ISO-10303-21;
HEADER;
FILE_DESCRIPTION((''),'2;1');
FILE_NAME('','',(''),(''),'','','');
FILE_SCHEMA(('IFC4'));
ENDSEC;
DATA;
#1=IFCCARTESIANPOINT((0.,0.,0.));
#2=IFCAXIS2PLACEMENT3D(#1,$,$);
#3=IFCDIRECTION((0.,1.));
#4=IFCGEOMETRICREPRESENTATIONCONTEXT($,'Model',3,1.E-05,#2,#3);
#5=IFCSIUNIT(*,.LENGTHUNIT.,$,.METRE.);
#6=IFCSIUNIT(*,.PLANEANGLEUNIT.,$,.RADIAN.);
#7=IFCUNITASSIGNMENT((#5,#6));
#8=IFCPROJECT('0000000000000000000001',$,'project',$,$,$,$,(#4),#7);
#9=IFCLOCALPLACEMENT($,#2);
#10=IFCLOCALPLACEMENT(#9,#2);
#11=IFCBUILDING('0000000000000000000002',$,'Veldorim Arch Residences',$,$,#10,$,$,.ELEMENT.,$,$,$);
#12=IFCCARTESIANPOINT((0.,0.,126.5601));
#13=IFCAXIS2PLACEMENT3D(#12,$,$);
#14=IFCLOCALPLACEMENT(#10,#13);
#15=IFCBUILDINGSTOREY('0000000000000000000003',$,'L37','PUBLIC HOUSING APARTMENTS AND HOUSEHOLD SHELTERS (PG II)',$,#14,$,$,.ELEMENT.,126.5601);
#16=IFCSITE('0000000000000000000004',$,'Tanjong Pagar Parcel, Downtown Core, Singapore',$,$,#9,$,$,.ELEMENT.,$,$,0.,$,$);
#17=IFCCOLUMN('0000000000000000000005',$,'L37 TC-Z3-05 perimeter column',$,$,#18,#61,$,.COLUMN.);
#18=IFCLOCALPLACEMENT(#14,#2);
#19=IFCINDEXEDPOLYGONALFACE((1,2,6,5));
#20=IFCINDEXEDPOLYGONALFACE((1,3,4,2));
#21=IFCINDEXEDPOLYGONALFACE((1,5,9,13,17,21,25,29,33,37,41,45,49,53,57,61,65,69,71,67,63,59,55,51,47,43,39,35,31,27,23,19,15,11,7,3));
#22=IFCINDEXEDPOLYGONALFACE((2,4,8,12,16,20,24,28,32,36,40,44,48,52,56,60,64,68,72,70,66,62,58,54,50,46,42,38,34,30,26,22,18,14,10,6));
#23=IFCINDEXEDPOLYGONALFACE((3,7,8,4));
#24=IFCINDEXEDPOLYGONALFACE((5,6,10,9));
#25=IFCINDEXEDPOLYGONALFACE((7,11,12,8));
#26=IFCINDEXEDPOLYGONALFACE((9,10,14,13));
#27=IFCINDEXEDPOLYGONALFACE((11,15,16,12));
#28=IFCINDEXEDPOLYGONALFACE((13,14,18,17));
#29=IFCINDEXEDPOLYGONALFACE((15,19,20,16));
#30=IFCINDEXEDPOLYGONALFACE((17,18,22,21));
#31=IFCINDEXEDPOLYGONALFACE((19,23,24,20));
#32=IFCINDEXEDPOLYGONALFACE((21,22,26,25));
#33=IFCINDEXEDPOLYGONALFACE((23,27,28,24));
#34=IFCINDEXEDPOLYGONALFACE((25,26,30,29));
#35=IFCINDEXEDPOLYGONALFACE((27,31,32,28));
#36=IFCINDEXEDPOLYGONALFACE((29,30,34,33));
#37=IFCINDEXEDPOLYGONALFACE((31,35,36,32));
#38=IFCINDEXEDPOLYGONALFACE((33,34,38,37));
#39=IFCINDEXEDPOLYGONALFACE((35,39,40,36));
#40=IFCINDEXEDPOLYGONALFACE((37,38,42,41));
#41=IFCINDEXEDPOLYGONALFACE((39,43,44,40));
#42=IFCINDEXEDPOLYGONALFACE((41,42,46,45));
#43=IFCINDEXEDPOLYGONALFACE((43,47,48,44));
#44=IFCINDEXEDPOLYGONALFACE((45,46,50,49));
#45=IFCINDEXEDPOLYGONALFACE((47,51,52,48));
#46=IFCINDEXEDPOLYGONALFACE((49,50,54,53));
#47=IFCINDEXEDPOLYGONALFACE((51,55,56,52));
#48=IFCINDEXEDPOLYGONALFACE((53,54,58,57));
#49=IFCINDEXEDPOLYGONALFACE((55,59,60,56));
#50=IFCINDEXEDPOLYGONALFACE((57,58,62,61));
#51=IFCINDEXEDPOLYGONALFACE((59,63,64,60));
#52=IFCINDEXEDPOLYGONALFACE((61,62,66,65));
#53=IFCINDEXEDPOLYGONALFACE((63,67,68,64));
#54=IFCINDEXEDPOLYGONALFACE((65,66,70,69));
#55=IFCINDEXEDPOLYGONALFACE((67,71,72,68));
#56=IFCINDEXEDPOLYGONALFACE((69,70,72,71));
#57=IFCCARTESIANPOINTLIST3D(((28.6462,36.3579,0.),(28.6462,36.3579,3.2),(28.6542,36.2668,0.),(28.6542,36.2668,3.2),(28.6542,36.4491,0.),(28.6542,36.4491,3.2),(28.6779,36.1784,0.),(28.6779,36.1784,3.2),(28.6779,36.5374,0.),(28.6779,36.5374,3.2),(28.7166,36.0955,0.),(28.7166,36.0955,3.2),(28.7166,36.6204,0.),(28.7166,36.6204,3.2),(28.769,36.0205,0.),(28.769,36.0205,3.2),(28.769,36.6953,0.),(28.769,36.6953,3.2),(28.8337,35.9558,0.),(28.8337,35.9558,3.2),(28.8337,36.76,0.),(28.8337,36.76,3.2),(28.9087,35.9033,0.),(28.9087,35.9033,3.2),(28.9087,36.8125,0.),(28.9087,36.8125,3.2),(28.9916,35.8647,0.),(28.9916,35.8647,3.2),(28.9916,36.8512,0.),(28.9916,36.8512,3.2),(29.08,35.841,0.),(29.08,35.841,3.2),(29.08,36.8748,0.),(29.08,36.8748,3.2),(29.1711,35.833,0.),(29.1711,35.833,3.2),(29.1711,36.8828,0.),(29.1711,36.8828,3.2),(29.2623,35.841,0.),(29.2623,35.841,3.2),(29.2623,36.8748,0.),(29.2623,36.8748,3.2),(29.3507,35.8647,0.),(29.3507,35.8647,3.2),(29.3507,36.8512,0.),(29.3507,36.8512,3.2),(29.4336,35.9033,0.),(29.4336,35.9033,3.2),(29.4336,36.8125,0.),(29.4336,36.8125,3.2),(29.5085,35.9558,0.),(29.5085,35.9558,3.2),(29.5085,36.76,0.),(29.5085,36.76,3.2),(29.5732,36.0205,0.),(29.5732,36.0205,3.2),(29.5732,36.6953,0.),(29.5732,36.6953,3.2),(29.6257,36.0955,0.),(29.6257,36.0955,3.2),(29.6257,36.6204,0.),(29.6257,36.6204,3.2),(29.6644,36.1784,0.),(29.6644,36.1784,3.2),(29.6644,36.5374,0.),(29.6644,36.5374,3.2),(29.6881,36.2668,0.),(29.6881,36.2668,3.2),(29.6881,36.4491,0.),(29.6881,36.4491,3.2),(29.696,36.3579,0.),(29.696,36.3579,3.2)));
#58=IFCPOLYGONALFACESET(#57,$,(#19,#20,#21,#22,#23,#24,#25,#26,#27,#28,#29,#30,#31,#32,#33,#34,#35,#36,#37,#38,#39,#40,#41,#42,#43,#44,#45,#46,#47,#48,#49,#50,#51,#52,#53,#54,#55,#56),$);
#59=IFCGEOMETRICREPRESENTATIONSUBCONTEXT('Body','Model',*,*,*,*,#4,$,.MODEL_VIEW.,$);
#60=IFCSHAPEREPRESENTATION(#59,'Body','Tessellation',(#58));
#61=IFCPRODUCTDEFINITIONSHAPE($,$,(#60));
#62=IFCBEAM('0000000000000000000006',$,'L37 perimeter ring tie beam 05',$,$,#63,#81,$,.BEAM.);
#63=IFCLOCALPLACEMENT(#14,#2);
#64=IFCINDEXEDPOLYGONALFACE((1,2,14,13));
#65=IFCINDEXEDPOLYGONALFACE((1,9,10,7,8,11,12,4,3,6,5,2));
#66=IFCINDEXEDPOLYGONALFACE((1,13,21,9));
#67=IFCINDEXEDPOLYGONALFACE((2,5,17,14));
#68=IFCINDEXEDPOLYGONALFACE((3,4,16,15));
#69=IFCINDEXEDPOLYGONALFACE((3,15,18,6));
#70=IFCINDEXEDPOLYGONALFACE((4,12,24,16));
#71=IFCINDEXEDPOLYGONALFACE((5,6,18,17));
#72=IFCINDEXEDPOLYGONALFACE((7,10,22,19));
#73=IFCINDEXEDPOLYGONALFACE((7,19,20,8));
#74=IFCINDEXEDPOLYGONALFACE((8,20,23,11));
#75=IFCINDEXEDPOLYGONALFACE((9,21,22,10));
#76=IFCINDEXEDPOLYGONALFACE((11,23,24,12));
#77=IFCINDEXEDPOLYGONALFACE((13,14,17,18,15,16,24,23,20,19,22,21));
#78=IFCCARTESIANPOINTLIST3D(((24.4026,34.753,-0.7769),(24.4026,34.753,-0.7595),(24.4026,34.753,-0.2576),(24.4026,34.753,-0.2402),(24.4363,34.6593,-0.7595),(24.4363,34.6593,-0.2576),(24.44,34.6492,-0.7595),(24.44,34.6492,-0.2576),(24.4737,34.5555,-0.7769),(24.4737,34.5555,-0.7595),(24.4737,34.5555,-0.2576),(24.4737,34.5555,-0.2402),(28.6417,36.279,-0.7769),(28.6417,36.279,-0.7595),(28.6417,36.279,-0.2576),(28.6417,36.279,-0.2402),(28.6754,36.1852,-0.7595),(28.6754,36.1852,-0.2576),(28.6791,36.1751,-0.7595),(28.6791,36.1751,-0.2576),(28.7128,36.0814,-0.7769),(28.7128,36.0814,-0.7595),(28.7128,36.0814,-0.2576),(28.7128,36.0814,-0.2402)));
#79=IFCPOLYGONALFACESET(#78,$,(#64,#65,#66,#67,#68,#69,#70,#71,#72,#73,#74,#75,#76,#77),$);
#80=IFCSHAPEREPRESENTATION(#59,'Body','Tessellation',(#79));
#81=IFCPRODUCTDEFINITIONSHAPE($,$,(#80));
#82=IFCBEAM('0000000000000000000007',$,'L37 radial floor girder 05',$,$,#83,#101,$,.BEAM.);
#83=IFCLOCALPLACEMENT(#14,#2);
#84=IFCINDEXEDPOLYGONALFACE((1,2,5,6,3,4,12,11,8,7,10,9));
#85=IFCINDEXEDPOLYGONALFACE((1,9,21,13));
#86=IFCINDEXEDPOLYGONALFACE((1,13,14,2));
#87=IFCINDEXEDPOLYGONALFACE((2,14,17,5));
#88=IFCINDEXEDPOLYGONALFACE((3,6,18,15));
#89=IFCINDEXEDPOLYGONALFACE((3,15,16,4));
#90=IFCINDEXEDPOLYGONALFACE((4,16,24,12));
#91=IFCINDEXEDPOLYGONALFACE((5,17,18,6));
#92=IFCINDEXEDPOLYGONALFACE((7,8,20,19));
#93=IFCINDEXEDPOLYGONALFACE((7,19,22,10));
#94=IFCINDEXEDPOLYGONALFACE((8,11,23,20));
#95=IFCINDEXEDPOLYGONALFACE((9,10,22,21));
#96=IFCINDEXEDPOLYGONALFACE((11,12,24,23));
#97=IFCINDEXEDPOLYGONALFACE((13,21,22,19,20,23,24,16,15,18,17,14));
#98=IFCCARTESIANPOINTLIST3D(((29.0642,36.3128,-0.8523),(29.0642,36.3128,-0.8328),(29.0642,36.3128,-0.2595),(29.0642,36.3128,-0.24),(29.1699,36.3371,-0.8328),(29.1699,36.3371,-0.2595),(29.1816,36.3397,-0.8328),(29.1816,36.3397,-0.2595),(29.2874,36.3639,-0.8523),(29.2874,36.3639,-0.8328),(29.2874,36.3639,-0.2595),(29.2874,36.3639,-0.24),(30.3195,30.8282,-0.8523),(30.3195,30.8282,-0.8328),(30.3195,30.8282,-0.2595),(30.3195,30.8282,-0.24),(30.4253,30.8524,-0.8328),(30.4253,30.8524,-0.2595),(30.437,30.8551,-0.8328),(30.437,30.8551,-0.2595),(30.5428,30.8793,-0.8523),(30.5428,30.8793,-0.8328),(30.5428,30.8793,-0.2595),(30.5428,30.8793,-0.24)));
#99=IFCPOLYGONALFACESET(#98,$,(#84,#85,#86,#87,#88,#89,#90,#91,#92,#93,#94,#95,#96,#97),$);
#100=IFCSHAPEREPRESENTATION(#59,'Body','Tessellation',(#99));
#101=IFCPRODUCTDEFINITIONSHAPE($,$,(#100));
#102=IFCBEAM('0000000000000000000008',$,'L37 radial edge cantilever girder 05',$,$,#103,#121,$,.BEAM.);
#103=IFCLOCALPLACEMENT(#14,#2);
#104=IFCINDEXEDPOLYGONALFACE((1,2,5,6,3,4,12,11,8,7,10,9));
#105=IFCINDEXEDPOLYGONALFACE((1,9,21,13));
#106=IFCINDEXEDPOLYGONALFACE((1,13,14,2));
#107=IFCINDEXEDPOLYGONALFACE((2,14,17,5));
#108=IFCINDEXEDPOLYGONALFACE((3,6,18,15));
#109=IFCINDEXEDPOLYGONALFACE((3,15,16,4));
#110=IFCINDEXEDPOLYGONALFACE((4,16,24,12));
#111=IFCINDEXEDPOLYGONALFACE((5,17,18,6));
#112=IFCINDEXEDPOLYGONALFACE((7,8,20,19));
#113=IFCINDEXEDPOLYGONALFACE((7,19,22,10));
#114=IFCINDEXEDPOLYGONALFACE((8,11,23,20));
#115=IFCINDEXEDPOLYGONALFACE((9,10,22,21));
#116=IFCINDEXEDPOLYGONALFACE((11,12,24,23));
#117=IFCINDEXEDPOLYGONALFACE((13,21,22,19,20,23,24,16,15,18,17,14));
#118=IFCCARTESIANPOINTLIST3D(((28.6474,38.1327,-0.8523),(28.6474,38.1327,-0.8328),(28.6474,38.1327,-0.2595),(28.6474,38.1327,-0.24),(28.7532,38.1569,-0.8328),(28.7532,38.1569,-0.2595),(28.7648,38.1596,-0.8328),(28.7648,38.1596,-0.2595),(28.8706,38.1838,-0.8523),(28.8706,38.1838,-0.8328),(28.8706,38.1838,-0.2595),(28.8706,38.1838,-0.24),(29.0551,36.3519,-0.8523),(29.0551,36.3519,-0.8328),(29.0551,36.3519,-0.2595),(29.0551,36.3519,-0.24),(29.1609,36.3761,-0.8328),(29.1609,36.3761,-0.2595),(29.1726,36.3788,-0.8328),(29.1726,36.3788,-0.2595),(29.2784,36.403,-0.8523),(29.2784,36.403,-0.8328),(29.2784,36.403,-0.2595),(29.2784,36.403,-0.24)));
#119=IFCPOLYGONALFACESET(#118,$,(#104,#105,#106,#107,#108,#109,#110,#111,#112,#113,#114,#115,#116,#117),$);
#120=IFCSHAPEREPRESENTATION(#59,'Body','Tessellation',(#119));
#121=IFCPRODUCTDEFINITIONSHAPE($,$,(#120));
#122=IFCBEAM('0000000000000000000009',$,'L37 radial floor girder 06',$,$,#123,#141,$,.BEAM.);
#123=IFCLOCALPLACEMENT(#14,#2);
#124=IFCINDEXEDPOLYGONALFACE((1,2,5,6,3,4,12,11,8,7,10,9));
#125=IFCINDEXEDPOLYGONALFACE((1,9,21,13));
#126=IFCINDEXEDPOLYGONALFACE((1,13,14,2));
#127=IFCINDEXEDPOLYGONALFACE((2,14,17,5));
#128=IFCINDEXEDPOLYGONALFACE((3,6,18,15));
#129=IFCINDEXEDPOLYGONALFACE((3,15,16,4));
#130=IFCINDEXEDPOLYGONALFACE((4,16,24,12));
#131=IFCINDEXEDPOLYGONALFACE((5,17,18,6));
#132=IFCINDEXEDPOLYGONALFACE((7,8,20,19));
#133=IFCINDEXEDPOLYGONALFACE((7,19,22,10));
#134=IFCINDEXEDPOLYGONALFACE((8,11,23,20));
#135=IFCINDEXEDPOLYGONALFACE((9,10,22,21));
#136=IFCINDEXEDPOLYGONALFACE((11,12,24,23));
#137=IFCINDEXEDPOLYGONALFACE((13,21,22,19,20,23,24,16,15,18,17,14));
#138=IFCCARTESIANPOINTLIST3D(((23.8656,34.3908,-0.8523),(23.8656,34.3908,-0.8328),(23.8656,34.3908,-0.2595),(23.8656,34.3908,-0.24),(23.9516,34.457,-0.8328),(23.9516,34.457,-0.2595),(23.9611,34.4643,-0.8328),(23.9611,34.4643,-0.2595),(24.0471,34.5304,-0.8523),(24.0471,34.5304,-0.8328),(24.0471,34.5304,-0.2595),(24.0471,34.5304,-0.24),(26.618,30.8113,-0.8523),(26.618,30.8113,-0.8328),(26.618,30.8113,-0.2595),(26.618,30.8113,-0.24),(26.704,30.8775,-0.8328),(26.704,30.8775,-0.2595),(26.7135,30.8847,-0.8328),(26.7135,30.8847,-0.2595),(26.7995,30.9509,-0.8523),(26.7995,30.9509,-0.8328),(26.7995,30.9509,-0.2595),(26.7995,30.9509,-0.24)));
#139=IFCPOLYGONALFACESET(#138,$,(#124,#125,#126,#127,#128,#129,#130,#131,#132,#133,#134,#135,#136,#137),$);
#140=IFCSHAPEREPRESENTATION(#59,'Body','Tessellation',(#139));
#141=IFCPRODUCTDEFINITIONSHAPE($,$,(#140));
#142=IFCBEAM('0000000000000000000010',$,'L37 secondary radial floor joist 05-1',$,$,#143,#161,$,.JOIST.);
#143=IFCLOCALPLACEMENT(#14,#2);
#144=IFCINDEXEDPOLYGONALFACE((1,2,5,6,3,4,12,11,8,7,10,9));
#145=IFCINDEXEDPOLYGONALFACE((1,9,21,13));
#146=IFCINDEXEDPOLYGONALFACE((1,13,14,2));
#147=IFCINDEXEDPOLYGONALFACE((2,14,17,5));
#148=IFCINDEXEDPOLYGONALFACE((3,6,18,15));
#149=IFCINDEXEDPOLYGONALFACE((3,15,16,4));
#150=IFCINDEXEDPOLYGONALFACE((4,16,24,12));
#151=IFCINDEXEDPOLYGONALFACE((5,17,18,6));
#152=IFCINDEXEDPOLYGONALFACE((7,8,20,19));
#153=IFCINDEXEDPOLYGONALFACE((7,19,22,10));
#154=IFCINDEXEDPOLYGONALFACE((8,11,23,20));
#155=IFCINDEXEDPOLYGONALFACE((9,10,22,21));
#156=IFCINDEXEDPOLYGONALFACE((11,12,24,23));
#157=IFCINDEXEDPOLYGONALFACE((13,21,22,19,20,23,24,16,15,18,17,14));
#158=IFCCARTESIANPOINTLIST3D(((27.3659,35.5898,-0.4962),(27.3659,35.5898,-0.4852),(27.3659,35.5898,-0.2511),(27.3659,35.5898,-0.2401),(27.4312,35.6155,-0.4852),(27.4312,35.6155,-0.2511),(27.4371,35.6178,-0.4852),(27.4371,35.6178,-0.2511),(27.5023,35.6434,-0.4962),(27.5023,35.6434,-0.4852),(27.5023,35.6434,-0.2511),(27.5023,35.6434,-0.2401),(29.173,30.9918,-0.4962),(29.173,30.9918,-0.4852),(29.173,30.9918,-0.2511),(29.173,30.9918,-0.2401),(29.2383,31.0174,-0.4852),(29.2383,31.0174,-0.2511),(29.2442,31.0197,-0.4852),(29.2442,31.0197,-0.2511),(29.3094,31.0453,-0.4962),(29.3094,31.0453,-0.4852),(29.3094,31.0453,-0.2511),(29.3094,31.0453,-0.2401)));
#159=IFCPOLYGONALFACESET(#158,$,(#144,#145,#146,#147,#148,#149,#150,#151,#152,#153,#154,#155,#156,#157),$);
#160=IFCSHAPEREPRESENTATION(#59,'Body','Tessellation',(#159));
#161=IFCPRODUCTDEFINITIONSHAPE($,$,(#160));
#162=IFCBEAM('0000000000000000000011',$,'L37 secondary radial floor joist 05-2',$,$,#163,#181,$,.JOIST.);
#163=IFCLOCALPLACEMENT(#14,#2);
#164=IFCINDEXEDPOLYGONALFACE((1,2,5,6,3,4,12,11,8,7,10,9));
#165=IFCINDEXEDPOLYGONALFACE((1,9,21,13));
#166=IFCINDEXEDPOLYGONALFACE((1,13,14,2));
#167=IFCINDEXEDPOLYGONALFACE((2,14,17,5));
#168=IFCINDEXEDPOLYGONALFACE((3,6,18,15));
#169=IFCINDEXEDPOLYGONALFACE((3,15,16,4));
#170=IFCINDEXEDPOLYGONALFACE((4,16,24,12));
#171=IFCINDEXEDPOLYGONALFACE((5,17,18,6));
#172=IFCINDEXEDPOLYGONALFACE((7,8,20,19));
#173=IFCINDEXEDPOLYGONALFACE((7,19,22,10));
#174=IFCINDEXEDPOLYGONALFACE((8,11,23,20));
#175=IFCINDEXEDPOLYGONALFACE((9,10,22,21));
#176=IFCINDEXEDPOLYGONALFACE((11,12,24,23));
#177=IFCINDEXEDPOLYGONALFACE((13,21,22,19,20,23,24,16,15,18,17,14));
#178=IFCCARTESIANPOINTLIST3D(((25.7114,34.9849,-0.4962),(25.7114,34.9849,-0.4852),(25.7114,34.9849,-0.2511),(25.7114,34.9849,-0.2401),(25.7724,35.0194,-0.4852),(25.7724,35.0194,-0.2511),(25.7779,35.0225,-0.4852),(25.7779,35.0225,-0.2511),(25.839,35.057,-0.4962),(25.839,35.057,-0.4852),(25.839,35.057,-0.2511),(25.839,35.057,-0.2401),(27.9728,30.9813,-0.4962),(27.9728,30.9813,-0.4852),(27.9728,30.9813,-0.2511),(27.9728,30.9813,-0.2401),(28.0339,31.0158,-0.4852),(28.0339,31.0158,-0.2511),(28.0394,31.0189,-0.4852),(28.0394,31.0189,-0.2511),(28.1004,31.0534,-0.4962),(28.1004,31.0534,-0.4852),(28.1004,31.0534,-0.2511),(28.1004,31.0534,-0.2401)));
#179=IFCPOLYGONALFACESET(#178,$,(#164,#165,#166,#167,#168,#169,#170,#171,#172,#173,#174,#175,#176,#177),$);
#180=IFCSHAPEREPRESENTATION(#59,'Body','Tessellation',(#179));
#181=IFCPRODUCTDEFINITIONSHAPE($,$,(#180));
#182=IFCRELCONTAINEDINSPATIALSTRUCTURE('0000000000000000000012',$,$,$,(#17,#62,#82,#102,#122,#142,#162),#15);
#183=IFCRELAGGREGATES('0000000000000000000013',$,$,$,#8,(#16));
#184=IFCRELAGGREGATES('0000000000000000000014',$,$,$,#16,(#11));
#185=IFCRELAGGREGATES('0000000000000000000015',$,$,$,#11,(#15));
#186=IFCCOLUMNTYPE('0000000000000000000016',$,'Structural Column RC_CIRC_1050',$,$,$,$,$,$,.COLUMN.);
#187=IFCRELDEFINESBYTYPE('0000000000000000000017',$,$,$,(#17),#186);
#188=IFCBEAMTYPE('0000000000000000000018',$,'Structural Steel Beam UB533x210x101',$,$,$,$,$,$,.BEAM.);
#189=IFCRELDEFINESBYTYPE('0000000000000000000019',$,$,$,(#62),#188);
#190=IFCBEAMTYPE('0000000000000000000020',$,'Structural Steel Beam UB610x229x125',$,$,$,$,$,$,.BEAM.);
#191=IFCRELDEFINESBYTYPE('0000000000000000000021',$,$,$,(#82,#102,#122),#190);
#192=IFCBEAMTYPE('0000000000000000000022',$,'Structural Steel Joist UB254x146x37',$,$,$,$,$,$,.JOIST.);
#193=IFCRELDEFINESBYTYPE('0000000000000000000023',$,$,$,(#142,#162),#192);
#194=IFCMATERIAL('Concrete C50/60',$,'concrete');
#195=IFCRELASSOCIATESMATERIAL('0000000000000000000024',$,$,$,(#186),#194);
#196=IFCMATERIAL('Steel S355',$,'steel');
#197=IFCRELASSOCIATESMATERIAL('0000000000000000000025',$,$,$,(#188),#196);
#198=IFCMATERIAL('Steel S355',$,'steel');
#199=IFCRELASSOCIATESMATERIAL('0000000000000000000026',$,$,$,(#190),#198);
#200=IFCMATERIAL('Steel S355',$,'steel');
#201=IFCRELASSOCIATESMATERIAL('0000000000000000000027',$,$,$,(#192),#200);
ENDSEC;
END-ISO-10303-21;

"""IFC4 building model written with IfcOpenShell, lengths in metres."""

from ifc_helpers import new_model, si_unit, direction, frame, origin, origin_2d, place, context, subcontext, project, spatial, circle, i_section, extrude, material, material_profile, profile_set, type_object, element, save


model = new_model("IFC4")

# Units and contexts
model_context = context("Model", 3, precision=1e-05, world=origin(), true_north=direction((0.0, 1.0)))
body_context = subcontext(model_context, "Body", "Model", "MODEL_VIEW")
ifc_project = project(units=[si_unit("LENGTHUNIT", "METRE"), si_unit("PLANEANGLEUNIT", "RADIAN")], contexts=[model_context])

# Site, building, storey
site_placement = place(None, origin())
site = spatial("IfcSite", under=ifc_project, at=site_placement, Name="Tanjong Pagar Parcel, Downtown Core, Singapore", CompositionType="ELEMENT", RefElevation=0.0)
building_placement = place(site_placement, origin())
building = spatial("IfcBuilding", under=site, at=building_placement, Name="Veldorim Arch Residences", CompositionType="ELEMENT")
storey_placement = place(building_placement, frame((0.0, 0.0, 126.5601)))
storey = spatial("IfcBuildingStorey", under=building, at=storey_placement, Name="L37", Description="PUBLIC HOUSING APARTMENTS AND HOUSEHOLD SHELTERS (PG II)", CompositionType="ELEMENT", Elevation=126.5601)

# Column
ifc_material_1 = material(Name="Concrete C50/60", Category="concrete")
ifc_material_profile_1 = material_profile(ifc_material_1, circle(Radius=0.5249, at=origin_2d()), Name="RC_CIRC_1050")
ifc_profile_set_1 = profile_set([ifc_material_profile_1], Name="Concrete C50/60")
column_type = type_object("IfcColumnType", Name="Structural Column RC_CIRC_1050", PredefinedType="COLUMN", material=ifc_profile_set_1)
column_placement = place(storey_placement, frame((29.1711, 36.3579, 0.0), z_axis=(0.0, 0.0, 1.0), x_axis=(1.0, 0.0, 0.0)))
element("IfcColumn", 1, at=column_placement, inside=storey, type_object=column_type, Name="L37 TC-Z3-05 perimeter column", PredefinedType="COLUMN", context=body_context, shape_type="SweptSolid", body=[
    extrude(circle(Radius=0.5249, at=origin_2d()), origin(), (0.0, 0.0, 1.0), 3.2),
])

# Beams
ifc_material_2 = material(Name="Steel S355", Category="steel")
ifc_material_profile_2 = material_profile(ifc_material_2, i_section(OverallWidth=0.21, OverallDepth=0.5366, WebThickness=0.0107, FlangeThickness=0.0173, at=origin_2d()), Name="UB533x210x101")
ifc_profile_set_2 = profile_set([ifc_material_profile_2], Name="Steel S355")
beam_type_1 = type_object("IfcBeamType", Name="Structural Steel Beam UB533x210x101", PredefinedType="BEAM", material=ifc_profile_set_2)
beam_1_placement = place(storey_placement, frame((28.6772, 36.1802, -0.5085), z_axis=(-0.940899, -0.338687, 0.0), x_axis=(0.338687, -0.940899, 0.0)))
element("IfcBeam", 2, at=beam_1_placement, inside=storey, type_object=beam_type_1, Name="L37 perimeter ring tie beam 05", PredefinedType="BEAM", context=body_context, shape_type="SweptSolid", body=[
    extrude(i_section(OverallWidth=0.21, OverallDepth=0.5366, WebThickness=0.0107, FlangeThickness=0.0173, at=origin_2d()), origin(), (0.0, 0.0, 1.0), 4.5054),
])
ifc_material_3 = material(Name="Steel S355", Category="steel")
ifc_material_profile_3 = material_profile(ifc_material_3, i_section(OverallWidth=0.229, OverallDepth=0.6123, WebThickness=0.012, FlangeThickness=0.0195, at=origin_2d()), Name="UB610x229x125")
ifc_profile_set_3 = profile_set([ifc_material_profile_3], Name="Steel S355")
beam_type_2 = type_object("IfcBeamType", Name="Structural Steel Beam UB610x229x125", PredefinedType="BEAM", material=ifc_profile_set_3)
beam_2_placement = place(storey_placement, frame((30.4312, 30.8538, -0.5461), z_axis=(-0.223119, 0.974791, 0.0), x_axis=(-0.974791, -0.223119, 0.0)))
element("IfcBeam", 3, at=beam_2_placement, inside=storey, type_object=beam_type_2, Name="L37 radial floor girder 05", PredefinedType="BEAM", context=body_context, shape_type="SweptSolid", body=[
    extrude(i_section(OverallWidth=0.229, OverallDepth=0.6123, WebThickness=0.012, FlangeThickness=0.0195, at=origin_2d()), origin(), (0.0, 0.0, 1.0), 5.6265),
])
beam_3_placement = place(storey_placement, frame((29.1667, 36.3774, -0.5461), z_axis=(-0.22318, 0.974777, 0.0), x_axis=(-0.974777, -0.22318, 0.0)))
element("IfcBeam", 4, at=beam_3_placement, inside=storey, type_object=beam_type_2, Name="L37 radial edge cantilever girder 05", PredefinedType="BEAM", context=body_context, shape_type="SweptSolid", body=[
    extrude(i_section(OverallWidth=0.229, OverallDepth=0.6123, WebThickness=0.012, FlangeThickness=0.0195, at=origin_2d()), origin(), (0.0, 0.0, 1.0), 1.8269),
])
beam_4_placement = place(storey_placement, frame((26.7087, 30.8811, -0.5461), z_axis=(-0.609559, 0.792741, 0.0), x_axis=(-0.792741, -0.609559, 0.0)))
element("IfcBeam", 5, at=beam_4_placement, inside=storey, type_object=beam_type_2, Name="L37 radial floor girder 06", PredefinedType="BEAM", context=body_context, shape_type="SweptSolid", body=[
    extrude(i_section(OverallWidth=0.229, OverallDepth=0.6123, WebThickness=0.012, FlangeThickness=0.0195, at=origin_2d()), origin(), (0.0, 0.0, 1.0), 4.5154),
])
ifc_material_4 = material(Name="Steel S355", Category="steel")
ifc_material_profile_4 = material_profile(ifc_material_4, i_section(OverallWidth=0.1465, OverallDepth=0.2561, WebThickness=0.0063, FlangeThickness=0.011, at=origin_2d()), Name="UB254x146x37")
ifc_profile_set_4 = profile_set([ifc_material_profile_4], Name="Steel S355")
beam_type_3 = type_object("IfcBeamType", Name="Structural Steel Joist UB254x146x37", PredefinedType="JOIST", material=ifc_profile_set_4)
beam_5_placement = place(storey_placement, frame((29.2412, 31.0186, -0.3682), z_axis=(-0.365778, 0.930702, 0.0), x_axis=(-0.930702, -0.365778, 0.0)))
element("IfcBeam", 6, at=beam_5_placement, inside=storey, type_object=beam_type_3, Name="L37 secondary radial floor joist 05-1", PredefinedType="JOIST", context=body_context, shape_type="SweptSolid", body=[
    extrude(i_section(OverallWidth=0.1465, OverallDepth=0.2561, WebThickness=0.0063, FlangeThickness=0.011, at=origin_2d()), origin(), (0.0, 0.0, 1.0), 4.9404),
])
beam_6_placement = place(storey_placement, frame((28.0366, 31.0173, -0.3682), z_axis=(-0.491816, 0.870699, 0.0), x_axis=(-0.870699, -0.491816, 0.0)))
element("IfcBeam", 7, at=beam_6_placement, inside=storey, type_object=beam_type_3, Name="L37 secondary radial floor joist 05-2", PredefinedType="JOIST", context=body_context, shape_type="SweptSolid", body=[
    extrude(i_section(OverallWidth=0.1465, OverallDepth=0.2561, WebThickness=0.0063, FlangeThickness=0.011, at=origin_2d()), origin(), (0.0, 0.0, 1.0), 4.5981),
])

save(model, "model.ifc")
